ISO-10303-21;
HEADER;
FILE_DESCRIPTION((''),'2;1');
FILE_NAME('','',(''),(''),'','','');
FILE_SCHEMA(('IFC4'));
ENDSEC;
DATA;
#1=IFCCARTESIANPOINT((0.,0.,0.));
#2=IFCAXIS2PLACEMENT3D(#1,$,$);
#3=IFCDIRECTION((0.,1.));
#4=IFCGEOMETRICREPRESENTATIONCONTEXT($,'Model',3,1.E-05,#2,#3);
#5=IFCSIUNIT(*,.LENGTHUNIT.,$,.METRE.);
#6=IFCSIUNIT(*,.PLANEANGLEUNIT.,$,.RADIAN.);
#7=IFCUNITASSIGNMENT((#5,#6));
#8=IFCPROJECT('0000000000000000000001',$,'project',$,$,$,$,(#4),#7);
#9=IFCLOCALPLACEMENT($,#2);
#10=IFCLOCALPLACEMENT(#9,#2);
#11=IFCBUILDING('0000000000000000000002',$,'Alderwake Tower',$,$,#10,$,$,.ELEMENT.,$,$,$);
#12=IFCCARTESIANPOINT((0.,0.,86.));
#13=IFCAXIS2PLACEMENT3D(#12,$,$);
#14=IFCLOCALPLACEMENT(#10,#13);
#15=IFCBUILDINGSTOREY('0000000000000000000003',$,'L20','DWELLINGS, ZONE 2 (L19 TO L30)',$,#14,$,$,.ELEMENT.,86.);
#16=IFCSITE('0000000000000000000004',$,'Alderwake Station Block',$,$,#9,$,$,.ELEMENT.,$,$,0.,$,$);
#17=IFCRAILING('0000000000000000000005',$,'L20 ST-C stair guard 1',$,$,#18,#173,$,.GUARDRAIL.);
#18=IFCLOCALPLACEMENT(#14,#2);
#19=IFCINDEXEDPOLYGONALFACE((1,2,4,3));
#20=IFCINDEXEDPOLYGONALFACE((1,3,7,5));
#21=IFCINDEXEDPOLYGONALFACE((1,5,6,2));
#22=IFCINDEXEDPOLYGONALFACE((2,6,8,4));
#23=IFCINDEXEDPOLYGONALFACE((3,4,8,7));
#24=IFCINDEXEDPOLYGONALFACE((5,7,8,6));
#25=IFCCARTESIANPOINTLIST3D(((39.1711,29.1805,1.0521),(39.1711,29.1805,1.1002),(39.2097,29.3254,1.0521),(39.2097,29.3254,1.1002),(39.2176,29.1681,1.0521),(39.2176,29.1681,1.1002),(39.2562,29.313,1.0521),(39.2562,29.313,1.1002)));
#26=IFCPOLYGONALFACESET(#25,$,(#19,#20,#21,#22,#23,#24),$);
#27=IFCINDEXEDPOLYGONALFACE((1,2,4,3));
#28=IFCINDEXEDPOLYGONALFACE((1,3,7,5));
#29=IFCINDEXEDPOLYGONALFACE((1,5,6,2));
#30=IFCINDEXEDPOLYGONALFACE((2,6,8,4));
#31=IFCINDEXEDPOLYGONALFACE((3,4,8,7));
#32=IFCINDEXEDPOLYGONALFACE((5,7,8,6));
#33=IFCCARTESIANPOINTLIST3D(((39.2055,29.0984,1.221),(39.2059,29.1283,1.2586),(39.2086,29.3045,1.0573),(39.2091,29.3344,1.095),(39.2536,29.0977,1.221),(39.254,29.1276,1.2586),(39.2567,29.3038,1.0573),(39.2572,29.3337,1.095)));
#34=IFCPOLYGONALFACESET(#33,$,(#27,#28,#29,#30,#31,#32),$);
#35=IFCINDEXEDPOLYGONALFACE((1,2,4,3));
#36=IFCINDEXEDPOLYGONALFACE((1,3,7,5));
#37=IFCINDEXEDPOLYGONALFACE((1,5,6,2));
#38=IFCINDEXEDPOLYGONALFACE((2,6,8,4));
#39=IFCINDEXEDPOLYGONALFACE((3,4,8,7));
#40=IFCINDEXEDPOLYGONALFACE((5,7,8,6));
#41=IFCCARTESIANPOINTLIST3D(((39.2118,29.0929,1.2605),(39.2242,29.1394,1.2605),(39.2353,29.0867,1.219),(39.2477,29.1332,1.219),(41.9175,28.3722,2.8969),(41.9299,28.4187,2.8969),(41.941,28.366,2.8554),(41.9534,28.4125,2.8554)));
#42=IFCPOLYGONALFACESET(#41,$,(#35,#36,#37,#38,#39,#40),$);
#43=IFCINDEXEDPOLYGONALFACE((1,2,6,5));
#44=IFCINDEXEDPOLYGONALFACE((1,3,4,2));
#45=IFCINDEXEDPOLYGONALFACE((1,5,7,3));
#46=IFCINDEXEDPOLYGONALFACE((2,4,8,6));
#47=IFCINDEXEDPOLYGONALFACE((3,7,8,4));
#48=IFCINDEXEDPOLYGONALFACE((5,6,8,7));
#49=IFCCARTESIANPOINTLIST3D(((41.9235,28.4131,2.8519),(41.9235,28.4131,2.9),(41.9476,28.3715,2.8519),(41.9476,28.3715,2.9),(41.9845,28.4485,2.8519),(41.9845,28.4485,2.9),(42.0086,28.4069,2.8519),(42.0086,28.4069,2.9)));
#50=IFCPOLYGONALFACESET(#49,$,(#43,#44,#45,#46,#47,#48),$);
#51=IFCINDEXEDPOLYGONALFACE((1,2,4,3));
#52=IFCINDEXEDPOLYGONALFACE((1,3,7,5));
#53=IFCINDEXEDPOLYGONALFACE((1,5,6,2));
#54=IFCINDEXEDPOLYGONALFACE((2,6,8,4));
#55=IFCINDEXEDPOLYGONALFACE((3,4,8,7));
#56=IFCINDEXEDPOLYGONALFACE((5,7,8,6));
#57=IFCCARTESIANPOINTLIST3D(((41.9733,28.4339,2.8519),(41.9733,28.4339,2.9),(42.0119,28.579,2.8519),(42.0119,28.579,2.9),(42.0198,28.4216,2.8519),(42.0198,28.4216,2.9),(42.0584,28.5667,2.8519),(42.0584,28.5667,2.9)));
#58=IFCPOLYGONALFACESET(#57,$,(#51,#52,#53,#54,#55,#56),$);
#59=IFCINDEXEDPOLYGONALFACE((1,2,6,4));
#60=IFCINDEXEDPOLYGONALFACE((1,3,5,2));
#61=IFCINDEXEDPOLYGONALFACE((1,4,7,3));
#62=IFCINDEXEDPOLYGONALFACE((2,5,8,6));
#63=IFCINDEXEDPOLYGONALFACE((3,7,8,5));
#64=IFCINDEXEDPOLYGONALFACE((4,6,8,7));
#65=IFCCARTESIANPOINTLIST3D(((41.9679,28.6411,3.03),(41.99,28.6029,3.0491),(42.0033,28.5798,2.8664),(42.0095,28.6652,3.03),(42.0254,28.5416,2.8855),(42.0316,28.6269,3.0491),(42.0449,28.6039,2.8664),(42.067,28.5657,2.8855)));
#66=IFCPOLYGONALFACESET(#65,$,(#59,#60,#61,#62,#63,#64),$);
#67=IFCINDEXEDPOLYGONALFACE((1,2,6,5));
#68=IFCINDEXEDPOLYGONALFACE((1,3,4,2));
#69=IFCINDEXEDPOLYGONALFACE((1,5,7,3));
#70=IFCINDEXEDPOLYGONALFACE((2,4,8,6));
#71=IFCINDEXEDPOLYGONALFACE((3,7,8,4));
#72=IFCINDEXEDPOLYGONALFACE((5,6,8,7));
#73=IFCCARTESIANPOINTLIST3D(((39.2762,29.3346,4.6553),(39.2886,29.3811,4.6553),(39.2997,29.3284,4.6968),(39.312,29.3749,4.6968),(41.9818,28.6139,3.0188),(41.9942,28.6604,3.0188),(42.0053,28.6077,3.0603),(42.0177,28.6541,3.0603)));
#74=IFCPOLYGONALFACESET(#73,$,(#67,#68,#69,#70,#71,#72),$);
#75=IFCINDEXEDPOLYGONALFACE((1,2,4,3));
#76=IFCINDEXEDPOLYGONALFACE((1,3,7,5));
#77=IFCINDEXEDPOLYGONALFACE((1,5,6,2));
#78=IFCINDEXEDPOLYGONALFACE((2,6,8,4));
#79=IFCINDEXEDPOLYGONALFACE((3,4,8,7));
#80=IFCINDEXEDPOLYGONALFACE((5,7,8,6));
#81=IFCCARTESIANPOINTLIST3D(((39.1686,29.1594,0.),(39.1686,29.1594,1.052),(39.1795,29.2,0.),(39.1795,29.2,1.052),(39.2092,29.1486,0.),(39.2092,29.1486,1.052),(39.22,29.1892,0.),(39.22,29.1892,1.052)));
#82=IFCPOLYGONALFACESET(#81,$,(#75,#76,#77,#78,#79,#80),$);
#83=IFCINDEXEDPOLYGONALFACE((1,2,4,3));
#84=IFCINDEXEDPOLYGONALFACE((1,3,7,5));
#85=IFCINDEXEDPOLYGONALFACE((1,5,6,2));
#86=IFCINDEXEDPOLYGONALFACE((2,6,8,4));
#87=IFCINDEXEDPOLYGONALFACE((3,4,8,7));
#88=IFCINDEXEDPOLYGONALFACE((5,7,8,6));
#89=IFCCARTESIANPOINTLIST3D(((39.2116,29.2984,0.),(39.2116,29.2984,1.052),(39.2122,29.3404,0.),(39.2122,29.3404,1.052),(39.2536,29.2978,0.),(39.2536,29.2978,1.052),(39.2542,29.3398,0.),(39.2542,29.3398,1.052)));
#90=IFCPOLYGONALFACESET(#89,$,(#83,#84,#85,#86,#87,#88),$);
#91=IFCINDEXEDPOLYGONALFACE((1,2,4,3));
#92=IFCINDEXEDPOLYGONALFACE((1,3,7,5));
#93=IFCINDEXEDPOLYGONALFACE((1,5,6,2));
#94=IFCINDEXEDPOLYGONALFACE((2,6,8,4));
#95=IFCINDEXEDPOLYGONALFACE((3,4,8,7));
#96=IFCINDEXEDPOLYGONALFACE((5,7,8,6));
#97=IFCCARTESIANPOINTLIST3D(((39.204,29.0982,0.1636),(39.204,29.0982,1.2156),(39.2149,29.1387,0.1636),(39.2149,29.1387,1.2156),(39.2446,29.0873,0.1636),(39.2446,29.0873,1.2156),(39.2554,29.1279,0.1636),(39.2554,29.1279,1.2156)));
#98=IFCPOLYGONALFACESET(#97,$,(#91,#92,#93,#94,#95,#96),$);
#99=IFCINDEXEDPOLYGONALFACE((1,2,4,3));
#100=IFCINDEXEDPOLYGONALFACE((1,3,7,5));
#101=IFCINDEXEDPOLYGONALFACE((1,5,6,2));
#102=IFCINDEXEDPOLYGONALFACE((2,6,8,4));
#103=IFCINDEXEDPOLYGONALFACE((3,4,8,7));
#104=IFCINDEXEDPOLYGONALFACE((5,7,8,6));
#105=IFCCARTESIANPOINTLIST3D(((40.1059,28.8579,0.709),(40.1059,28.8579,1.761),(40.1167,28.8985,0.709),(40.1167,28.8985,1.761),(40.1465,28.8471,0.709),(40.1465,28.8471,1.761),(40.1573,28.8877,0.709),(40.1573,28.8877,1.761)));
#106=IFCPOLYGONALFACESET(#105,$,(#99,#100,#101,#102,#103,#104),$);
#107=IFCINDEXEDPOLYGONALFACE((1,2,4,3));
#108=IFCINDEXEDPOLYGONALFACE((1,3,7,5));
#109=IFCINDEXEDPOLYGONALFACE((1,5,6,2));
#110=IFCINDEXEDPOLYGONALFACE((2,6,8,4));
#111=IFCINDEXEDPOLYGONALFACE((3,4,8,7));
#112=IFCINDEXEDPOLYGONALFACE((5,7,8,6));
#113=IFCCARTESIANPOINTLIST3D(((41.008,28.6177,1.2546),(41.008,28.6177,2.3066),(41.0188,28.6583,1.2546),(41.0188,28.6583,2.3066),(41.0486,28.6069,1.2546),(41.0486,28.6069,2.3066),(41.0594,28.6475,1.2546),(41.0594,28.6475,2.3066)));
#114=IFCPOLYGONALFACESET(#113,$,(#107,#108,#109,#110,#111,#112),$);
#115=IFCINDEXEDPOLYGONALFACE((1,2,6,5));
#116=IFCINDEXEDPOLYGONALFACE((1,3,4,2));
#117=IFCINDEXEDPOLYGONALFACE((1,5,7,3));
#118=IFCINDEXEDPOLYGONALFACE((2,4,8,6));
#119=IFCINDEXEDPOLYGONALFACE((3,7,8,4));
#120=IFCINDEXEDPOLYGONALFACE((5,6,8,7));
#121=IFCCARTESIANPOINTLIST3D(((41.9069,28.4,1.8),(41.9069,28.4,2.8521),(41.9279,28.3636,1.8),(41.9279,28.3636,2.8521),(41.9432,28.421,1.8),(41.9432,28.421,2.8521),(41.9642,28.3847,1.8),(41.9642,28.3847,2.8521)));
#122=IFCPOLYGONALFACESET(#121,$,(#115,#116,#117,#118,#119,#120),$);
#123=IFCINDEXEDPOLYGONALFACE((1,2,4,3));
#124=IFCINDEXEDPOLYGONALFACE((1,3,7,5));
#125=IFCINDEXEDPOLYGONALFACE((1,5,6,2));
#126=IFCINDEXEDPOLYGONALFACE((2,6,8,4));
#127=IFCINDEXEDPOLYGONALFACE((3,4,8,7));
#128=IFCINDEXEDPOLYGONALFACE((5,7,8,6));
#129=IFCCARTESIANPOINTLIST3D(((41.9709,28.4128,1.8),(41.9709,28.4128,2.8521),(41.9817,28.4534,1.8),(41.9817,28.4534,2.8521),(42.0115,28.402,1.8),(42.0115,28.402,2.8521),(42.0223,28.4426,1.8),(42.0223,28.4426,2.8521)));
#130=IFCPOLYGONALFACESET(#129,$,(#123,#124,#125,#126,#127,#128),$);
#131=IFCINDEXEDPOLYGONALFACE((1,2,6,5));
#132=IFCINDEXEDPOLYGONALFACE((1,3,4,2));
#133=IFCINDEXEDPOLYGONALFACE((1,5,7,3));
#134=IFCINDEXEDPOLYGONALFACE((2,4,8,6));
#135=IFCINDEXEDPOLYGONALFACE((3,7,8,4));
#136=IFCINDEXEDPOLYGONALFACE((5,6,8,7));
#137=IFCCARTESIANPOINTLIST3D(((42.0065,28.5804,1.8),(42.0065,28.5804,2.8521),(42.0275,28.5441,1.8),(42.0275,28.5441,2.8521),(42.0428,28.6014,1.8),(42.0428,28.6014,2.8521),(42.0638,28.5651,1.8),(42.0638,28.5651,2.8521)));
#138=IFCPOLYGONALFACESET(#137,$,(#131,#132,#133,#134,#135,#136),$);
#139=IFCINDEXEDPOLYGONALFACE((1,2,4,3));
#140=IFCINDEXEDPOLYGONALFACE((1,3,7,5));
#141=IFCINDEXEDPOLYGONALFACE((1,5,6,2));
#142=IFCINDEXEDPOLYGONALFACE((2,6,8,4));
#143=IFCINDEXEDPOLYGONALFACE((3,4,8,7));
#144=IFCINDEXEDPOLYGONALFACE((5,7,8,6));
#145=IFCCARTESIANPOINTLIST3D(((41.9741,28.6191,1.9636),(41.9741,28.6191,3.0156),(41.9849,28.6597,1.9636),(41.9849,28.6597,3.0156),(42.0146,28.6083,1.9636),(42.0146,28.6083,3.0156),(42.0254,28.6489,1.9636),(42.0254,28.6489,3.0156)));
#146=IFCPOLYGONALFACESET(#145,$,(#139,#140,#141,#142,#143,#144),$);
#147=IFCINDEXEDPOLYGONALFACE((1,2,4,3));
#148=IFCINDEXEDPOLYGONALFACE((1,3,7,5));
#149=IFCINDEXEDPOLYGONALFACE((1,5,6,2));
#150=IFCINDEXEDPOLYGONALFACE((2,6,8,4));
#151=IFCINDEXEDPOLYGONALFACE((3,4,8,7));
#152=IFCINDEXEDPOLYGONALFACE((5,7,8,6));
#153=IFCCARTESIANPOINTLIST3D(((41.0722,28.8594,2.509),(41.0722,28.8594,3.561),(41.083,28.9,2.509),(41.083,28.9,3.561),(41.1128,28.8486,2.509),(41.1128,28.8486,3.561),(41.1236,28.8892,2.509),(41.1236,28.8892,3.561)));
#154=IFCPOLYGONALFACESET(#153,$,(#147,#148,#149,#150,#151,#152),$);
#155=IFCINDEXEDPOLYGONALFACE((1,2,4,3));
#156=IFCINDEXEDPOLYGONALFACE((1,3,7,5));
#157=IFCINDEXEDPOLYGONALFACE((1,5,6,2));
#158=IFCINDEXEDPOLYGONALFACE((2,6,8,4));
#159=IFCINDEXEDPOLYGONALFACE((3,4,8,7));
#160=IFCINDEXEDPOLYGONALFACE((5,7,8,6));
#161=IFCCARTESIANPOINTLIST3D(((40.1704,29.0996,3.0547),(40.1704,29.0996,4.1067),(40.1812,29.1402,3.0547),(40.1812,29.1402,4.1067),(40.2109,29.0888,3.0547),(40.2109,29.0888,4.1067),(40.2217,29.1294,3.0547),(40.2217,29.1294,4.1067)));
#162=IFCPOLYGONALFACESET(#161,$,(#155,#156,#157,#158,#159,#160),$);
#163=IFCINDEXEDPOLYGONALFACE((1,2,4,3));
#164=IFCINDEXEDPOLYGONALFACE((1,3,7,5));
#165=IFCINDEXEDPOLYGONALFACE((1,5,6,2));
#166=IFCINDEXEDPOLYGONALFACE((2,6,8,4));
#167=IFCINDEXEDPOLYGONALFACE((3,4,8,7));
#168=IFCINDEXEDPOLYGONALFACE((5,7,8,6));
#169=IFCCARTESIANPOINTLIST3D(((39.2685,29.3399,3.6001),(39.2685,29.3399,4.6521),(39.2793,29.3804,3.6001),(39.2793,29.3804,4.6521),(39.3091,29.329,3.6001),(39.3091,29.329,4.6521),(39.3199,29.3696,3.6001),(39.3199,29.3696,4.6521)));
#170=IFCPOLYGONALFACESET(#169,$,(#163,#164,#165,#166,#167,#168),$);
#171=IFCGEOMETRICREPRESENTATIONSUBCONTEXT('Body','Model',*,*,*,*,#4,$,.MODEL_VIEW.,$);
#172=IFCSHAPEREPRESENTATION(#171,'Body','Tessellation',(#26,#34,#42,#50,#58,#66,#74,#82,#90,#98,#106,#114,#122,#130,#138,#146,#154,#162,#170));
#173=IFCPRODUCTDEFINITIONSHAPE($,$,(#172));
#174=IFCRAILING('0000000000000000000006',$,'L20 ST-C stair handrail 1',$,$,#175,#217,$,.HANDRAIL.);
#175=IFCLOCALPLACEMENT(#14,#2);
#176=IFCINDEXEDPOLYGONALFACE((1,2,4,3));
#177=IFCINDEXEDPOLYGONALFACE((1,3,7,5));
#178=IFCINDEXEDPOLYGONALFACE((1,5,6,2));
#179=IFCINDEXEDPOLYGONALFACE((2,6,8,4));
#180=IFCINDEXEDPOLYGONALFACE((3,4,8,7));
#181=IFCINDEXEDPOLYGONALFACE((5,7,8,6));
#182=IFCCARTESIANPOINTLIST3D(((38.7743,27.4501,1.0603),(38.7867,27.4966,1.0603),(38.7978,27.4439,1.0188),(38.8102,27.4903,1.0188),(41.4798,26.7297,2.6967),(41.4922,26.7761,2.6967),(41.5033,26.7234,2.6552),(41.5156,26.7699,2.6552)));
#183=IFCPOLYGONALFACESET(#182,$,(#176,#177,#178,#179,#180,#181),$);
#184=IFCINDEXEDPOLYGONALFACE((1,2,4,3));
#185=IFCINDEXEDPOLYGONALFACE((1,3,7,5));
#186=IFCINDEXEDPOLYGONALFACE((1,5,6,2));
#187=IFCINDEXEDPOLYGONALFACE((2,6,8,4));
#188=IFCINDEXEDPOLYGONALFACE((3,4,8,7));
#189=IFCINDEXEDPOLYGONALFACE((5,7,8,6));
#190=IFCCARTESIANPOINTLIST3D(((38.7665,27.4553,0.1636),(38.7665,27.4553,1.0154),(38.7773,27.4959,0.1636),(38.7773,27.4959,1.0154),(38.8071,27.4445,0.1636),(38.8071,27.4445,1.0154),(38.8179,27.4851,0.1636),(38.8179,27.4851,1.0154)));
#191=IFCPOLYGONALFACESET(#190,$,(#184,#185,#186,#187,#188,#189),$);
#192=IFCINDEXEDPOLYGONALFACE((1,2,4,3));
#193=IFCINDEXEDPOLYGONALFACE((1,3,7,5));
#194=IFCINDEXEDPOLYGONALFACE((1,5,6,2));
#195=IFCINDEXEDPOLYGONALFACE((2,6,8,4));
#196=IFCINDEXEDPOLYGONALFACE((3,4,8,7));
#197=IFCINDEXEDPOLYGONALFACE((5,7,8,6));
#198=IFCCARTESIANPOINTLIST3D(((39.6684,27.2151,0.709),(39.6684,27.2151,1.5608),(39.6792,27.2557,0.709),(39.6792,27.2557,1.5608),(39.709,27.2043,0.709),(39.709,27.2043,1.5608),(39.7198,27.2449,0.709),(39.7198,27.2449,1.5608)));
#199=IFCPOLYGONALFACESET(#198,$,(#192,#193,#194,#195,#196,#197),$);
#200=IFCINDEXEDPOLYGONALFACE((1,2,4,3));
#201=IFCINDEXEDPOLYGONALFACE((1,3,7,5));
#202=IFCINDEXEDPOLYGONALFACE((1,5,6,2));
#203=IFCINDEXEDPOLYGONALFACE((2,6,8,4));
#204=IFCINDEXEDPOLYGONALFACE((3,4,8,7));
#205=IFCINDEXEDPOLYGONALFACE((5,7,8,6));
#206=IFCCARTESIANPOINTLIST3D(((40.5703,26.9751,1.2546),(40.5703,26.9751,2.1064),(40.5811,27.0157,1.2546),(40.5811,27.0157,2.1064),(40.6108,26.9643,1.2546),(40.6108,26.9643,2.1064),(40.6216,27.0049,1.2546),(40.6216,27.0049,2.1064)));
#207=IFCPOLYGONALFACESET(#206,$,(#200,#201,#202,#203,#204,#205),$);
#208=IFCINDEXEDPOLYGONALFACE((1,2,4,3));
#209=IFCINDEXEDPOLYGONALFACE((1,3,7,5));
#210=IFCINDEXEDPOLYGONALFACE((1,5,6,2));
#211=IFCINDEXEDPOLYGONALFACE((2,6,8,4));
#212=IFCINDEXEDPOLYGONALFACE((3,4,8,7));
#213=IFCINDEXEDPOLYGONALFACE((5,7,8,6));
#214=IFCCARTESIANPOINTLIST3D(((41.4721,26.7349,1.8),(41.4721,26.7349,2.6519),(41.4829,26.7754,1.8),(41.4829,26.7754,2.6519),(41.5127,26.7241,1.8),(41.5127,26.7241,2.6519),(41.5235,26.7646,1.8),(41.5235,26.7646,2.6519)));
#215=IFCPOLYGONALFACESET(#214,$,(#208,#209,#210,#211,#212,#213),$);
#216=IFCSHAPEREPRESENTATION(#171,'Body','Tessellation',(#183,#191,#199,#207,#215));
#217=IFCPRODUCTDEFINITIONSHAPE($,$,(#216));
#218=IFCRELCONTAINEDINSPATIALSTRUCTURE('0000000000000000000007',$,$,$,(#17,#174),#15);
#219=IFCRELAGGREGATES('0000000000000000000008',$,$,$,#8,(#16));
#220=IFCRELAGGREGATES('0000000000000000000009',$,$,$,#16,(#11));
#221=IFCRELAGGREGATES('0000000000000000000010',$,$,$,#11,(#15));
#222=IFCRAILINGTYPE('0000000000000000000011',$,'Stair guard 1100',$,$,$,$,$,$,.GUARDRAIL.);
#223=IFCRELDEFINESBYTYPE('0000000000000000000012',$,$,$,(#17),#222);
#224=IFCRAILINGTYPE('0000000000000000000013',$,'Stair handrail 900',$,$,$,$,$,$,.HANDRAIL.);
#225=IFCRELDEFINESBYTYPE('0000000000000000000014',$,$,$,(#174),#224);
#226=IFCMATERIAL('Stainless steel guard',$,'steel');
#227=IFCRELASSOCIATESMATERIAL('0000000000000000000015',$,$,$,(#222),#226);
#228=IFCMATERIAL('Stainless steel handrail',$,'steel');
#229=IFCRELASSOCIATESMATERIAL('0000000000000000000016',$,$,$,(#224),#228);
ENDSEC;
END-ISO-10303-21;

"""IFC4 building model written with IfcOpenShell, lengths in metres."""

from ifc_helpers import new_model, si_unit, direction, frame, origin, origin_2d, place, context, subcontext, project, spatial, rectangle, extrude, material, type_object, element, save


model = new_model("IFC4")

# Units and contexts
model_context = context("Model", 3, precision=1e-05, world=origin(), true_north=direction((0.0, 1.0)))
body_context = subcontext(model_context, "Body", "Model", "MODEL_VIEW")
ifc_project = project(units=[si_unit("LENGTHUNIT", "METRE"), si_unit("PLANEANGLEUNIT", "RADIAN")], contexts=[model_context])

# Site, building, storey
site_placement = place(None, origin())
site = spatial("IfcSite", under=ifc_project, at=site_placement, Name="Alderwake Station Block", CompositionType="ELEMENT", RefElevation=0.0)
building_placement = place(site_placement, origin())
building = spatial("IfcBuilding", under=site, at=building_placement, Name="Alderwake Tower", CompositionType="ELEMENT")
storey_placement = place(building_placement, frame((0.0, 0.0, 86.0)))
storey = spatial("IfcBuildingStorey", under=building, at=storey_placement, Name="L20", Description="DWELLINGS, ZONE 2 (L19 TO L30)", CompositionType="ELEMENT", Elevation=86.0)

# Railings
ifc_material_1 = material(Name="Stainless steel guard", Category="steel")
railing_type_1 = type_object("IfcRailingType", Name="Stair guard 1100", PredefinedType="GUARDRAIL", material=ifc_material_1)
railing_1_placement = place(storey_placement, frame((39.1943, 29.1743, 0.0)))
element("IfcRailing", 1, at=railing_1_placement, inside=storey, type_object=railing_type_1, Name="L20 ST-C stair guard 1", PredefinedType="GUARDRAIL", context=body_context, shape_type="SweptSolid", body=[
    extrude(rectangle(XDim=0.0481, YDim=0.0481, at=origin_2d()), frame((0.0, 0.0, 1.0762), z_axis=(0.25746, 0.966289, 0.0), x_axis=(-0.966289, 0.25746, 0.0)), (0.0, 0.0, 1.0), 0.1499),
    extrude(rectangle(XDim=0.0481, YDim=0.0481, at=origin_2d()), frame((0.0386, 0.1448, 1.0762), z_axis=(-0.012063, -0.78316, 0.621703), x_axis=(0.999881, -0.015401, 0.0)), (0.0, 0.0, 1.0), 0.2632),
    extrude(rectangle(XDim=0.0481, YDim=0.0481, at=origin_2d()), frame((0.0354, -0.0613, 1.2397), z_axis=(0.834282, -0.222214, 0.504574), x_axis=(0.25738, 0.96631, 0.0)), (0.0, 0.0, 1.0), 3.2432),
    extrude(rectangle(XDim=0.0481, YDim=0.0481, at=origin_2d()), frame((2.7412, -0.782, 2.876), z_axis=(0.865031, 0.501718, 0.0), x_axis=(-0.501718, 0.865031, 0.0)), (0.0, 0.0, 1.0), 0.0706),
    extrude(rectangle(XDim=0.0481, YDim=0.0481, at=origin_2d()), frame((2.8022, -0.7466, 2.876), z_axis=(0.257055, 0.966397, 0.0), x_axis=(-0.966397, 0.257055, 0.0)), (0.0, 0.0, 1.0), 0.1501),
    extrude(rectangle(XDim=0.0481, YDim=0.0481, at=origin_2d()), frame((2.8408, -0.6016, 2.876), z_axis=(-0.198625, 0.343827, 0.917786), x_axis=(-0.865898, -0.50022, 0.0)), (0.0, 0.0, 1.0), 0.1782),
    extrude(rectangle(XDim=0.0481, YDim=0.0481, at=origin_2d()), frame((2.8054, -0.5403, 3.0396), z_axis=(-0.834259, 0.222228, 0.504605), x_axis=(-0.257402, -0.966304, 0.0)), (0.0, 0.0, 1.0), 3.2432),
    extrude(rectangle(XDim=0.042, YDim=0.042, at=origin_2d()), frame((0.0, 0.0, 0.0), z_axis=(0.0, 0.0, 1.0), x_axis=(0.25746, 0.966289, 0.0)), (0.0, 0.0, 1.0), 1.052),
    extrude(rectangle(XDim=0.042, YDim=0.042, at=origin_2d()), frame((0.0386, 0.1448, 0.0), z_axis=(0.0, 0.0, 1.0), x_axis=(-0.015401, -0.999881, 0.0)), (0.0, 0.0, 1.0), 1.052),
    extrude(rectangle(XDim=0.042, YDim=0.042, at=origin_2d()), frame((0.0354, -0.0613, 0.1636), z_axis=(0.0, 0.0, 1.0), x_axis=(0.96631, -0.25738, 0.0)), (0.0, 0.0, 1.0), 1.052),
    extrude(rectangle(XDim=0.042, YDim=0.042, at=origin_2d()), frame((0.9373, -0.3015, 0.709), z_axis=(0.0, 0.0, 1.0), x_axis=(0.96631, -0.25738, 0.0)), (0.0, 0.0, 1.0), 1.052),
    extrude(rectangle(XDim=0.042, YDim=0.042, at=origin_2d()), frame((1.8394, -0.5417, 1.2546), z_axis=(0.0, 0.0, 1.0), x_axis=(0.96631, -0.25738, 0.0)), (0.0, 0.0, 1.0), 1.052),
    extrude(rectangle(XDim=0.042, YDim=0.042, at=origin_2d()), frame((2.7412, -0.782, 1.8), z_axis=(0.0, 0.0, 1.0), x_axis=(0.865031, 0.501718, 0.0)), (0.0, 0.0, 1.0), 1.052),
    extrude(rectangle(XDim=0.042, YDim=0.042, at=origin_2d()), frame((2.8022, -0.7466, 1.8), z_axis=(0.0, 0.0, 1.0), x_axis=(0.257055, 0.966397, 0.0)), (0.0, 0.0, 1.0), 1.052),
    extrude(rectangle(XDim=0.042, YDim=0.042, at=origin_2d()), frame((2.8408, -0.6016, 1.8), z_axis=(0.0, 0.0, 1.0), x_axis=(-0.50022, 0.865898, 0.0)), (0.0, 0.0, 1.0), 1.052),
    extrude(rectangle(XDim=0.042, YDim=0.042, at=origin_2d()), frame((2.8054, -0.5403, 1.9636), z_axis=(0.0, 0.0, 1.0), x_axis=(-0.966304, 0.257402, 0.0)), (0.0, 0.0, 1.0), 1.052),
    extrude(rectangle(XDim=0.042, YDim=0.042, at=origin_2d()), frame((1.9036, -0.3, 2.509), z_axis=(0.0, 0.0, 1.0), x_axis=(-0.966304, 0.257402, 0.0)), (0.0, 0.0, 1.0), 1.052),
    extrude(rectangle(XDim=0.042, YDim=0.042, at=origin_2d()), frame((1.0017, -0.0598, 3.0547), z_axis=(0.0, 0.0, 1.0), x_axis=(-0.966304, 0.257402, 0.0)), (0.0, 0.0, 1.0), 1.052),
    extrude(rectangle(XDim=0.042, YDim=0.042, at=origin_2d()), frame((0.0999, 0.1804, 3.6001), z_axis=(0.0, 0.0, 1.0), x_axis=(-0.966304, 0.257402, 0.0)), (0.0, 0.0, 1.0), 1.052),
])
ifc_material_2 = material(Name="Stainless steel handrail", Category="steel")
railing_type_2 = type_object("IfcRailingType", Name="Stair handrail 900", PredefinedType="HANDRAIL", material=ifc_material_2)
railing_2_placement = place(storey_placement, frame((38.7922, 27.4702, 0.1636)))
element("IfcRailing", 2, at=railing_2_placement, inside=storey, type_object=railing_type_2, Name="L20 ST-C stair handrail 1", PredefinedType="HANDRAIL", context=body_context, shape_type="SweptSolid", body=[
    extrude(rectangle(XDim=0.0481, YDim=0.0481, at=origin_2d()), frame((0.0, 0.0, 0.876), z_axis=(0.834273, -0.222157, 0.504614), x_axis=(0.257321, 0.966326, 0.0)), (0.0, 0.0, 1.0), 3.2429),
    extrude(rectangle(XDim=0.042, YDim=0.042, at=origin_2d()), frame((0.0, 0.0, 0.0), z_axis=(0.0, 0.0, 1.0), x_axis=(0.966326, -0.257321, 0.0)), (0.0, 0.0, 1.0), 0.8518),
    extrude(rectangle(XDim=0.042, YDim=0.042, at=origin_2d()), frame((0.9019, -0.2402, 0.5454), z_axis=(0.0, 0.0, 1.0), x_axis=(0.966326, -0.257321, 0.0)), (0.0, 0.0, 1.0), 0.8518),
    extrude(rectangle(XDim=0.042, YDim=0.042, at=origin_2d()), frame((1.8037, -0.4802, 1.0911), z_axis=(0.0, 0.0, 1.0), x_axis=(0.966326, -0.257321, 0.0)), (0.0, 0.0, 1.0), 0.8518),
    extrude(rectangle(XDim=0.042, YDim=0.042, at=origin_2d()), frame((2.7056, -0.7205, 1.6365), z_axis=(0.0, 0.0, 1.0), x_axis=(0.966326, -0.257321, 0.0)), (0.0, 0.0, 1.0), 0.8518),
])

save(model, "model.ifc")
